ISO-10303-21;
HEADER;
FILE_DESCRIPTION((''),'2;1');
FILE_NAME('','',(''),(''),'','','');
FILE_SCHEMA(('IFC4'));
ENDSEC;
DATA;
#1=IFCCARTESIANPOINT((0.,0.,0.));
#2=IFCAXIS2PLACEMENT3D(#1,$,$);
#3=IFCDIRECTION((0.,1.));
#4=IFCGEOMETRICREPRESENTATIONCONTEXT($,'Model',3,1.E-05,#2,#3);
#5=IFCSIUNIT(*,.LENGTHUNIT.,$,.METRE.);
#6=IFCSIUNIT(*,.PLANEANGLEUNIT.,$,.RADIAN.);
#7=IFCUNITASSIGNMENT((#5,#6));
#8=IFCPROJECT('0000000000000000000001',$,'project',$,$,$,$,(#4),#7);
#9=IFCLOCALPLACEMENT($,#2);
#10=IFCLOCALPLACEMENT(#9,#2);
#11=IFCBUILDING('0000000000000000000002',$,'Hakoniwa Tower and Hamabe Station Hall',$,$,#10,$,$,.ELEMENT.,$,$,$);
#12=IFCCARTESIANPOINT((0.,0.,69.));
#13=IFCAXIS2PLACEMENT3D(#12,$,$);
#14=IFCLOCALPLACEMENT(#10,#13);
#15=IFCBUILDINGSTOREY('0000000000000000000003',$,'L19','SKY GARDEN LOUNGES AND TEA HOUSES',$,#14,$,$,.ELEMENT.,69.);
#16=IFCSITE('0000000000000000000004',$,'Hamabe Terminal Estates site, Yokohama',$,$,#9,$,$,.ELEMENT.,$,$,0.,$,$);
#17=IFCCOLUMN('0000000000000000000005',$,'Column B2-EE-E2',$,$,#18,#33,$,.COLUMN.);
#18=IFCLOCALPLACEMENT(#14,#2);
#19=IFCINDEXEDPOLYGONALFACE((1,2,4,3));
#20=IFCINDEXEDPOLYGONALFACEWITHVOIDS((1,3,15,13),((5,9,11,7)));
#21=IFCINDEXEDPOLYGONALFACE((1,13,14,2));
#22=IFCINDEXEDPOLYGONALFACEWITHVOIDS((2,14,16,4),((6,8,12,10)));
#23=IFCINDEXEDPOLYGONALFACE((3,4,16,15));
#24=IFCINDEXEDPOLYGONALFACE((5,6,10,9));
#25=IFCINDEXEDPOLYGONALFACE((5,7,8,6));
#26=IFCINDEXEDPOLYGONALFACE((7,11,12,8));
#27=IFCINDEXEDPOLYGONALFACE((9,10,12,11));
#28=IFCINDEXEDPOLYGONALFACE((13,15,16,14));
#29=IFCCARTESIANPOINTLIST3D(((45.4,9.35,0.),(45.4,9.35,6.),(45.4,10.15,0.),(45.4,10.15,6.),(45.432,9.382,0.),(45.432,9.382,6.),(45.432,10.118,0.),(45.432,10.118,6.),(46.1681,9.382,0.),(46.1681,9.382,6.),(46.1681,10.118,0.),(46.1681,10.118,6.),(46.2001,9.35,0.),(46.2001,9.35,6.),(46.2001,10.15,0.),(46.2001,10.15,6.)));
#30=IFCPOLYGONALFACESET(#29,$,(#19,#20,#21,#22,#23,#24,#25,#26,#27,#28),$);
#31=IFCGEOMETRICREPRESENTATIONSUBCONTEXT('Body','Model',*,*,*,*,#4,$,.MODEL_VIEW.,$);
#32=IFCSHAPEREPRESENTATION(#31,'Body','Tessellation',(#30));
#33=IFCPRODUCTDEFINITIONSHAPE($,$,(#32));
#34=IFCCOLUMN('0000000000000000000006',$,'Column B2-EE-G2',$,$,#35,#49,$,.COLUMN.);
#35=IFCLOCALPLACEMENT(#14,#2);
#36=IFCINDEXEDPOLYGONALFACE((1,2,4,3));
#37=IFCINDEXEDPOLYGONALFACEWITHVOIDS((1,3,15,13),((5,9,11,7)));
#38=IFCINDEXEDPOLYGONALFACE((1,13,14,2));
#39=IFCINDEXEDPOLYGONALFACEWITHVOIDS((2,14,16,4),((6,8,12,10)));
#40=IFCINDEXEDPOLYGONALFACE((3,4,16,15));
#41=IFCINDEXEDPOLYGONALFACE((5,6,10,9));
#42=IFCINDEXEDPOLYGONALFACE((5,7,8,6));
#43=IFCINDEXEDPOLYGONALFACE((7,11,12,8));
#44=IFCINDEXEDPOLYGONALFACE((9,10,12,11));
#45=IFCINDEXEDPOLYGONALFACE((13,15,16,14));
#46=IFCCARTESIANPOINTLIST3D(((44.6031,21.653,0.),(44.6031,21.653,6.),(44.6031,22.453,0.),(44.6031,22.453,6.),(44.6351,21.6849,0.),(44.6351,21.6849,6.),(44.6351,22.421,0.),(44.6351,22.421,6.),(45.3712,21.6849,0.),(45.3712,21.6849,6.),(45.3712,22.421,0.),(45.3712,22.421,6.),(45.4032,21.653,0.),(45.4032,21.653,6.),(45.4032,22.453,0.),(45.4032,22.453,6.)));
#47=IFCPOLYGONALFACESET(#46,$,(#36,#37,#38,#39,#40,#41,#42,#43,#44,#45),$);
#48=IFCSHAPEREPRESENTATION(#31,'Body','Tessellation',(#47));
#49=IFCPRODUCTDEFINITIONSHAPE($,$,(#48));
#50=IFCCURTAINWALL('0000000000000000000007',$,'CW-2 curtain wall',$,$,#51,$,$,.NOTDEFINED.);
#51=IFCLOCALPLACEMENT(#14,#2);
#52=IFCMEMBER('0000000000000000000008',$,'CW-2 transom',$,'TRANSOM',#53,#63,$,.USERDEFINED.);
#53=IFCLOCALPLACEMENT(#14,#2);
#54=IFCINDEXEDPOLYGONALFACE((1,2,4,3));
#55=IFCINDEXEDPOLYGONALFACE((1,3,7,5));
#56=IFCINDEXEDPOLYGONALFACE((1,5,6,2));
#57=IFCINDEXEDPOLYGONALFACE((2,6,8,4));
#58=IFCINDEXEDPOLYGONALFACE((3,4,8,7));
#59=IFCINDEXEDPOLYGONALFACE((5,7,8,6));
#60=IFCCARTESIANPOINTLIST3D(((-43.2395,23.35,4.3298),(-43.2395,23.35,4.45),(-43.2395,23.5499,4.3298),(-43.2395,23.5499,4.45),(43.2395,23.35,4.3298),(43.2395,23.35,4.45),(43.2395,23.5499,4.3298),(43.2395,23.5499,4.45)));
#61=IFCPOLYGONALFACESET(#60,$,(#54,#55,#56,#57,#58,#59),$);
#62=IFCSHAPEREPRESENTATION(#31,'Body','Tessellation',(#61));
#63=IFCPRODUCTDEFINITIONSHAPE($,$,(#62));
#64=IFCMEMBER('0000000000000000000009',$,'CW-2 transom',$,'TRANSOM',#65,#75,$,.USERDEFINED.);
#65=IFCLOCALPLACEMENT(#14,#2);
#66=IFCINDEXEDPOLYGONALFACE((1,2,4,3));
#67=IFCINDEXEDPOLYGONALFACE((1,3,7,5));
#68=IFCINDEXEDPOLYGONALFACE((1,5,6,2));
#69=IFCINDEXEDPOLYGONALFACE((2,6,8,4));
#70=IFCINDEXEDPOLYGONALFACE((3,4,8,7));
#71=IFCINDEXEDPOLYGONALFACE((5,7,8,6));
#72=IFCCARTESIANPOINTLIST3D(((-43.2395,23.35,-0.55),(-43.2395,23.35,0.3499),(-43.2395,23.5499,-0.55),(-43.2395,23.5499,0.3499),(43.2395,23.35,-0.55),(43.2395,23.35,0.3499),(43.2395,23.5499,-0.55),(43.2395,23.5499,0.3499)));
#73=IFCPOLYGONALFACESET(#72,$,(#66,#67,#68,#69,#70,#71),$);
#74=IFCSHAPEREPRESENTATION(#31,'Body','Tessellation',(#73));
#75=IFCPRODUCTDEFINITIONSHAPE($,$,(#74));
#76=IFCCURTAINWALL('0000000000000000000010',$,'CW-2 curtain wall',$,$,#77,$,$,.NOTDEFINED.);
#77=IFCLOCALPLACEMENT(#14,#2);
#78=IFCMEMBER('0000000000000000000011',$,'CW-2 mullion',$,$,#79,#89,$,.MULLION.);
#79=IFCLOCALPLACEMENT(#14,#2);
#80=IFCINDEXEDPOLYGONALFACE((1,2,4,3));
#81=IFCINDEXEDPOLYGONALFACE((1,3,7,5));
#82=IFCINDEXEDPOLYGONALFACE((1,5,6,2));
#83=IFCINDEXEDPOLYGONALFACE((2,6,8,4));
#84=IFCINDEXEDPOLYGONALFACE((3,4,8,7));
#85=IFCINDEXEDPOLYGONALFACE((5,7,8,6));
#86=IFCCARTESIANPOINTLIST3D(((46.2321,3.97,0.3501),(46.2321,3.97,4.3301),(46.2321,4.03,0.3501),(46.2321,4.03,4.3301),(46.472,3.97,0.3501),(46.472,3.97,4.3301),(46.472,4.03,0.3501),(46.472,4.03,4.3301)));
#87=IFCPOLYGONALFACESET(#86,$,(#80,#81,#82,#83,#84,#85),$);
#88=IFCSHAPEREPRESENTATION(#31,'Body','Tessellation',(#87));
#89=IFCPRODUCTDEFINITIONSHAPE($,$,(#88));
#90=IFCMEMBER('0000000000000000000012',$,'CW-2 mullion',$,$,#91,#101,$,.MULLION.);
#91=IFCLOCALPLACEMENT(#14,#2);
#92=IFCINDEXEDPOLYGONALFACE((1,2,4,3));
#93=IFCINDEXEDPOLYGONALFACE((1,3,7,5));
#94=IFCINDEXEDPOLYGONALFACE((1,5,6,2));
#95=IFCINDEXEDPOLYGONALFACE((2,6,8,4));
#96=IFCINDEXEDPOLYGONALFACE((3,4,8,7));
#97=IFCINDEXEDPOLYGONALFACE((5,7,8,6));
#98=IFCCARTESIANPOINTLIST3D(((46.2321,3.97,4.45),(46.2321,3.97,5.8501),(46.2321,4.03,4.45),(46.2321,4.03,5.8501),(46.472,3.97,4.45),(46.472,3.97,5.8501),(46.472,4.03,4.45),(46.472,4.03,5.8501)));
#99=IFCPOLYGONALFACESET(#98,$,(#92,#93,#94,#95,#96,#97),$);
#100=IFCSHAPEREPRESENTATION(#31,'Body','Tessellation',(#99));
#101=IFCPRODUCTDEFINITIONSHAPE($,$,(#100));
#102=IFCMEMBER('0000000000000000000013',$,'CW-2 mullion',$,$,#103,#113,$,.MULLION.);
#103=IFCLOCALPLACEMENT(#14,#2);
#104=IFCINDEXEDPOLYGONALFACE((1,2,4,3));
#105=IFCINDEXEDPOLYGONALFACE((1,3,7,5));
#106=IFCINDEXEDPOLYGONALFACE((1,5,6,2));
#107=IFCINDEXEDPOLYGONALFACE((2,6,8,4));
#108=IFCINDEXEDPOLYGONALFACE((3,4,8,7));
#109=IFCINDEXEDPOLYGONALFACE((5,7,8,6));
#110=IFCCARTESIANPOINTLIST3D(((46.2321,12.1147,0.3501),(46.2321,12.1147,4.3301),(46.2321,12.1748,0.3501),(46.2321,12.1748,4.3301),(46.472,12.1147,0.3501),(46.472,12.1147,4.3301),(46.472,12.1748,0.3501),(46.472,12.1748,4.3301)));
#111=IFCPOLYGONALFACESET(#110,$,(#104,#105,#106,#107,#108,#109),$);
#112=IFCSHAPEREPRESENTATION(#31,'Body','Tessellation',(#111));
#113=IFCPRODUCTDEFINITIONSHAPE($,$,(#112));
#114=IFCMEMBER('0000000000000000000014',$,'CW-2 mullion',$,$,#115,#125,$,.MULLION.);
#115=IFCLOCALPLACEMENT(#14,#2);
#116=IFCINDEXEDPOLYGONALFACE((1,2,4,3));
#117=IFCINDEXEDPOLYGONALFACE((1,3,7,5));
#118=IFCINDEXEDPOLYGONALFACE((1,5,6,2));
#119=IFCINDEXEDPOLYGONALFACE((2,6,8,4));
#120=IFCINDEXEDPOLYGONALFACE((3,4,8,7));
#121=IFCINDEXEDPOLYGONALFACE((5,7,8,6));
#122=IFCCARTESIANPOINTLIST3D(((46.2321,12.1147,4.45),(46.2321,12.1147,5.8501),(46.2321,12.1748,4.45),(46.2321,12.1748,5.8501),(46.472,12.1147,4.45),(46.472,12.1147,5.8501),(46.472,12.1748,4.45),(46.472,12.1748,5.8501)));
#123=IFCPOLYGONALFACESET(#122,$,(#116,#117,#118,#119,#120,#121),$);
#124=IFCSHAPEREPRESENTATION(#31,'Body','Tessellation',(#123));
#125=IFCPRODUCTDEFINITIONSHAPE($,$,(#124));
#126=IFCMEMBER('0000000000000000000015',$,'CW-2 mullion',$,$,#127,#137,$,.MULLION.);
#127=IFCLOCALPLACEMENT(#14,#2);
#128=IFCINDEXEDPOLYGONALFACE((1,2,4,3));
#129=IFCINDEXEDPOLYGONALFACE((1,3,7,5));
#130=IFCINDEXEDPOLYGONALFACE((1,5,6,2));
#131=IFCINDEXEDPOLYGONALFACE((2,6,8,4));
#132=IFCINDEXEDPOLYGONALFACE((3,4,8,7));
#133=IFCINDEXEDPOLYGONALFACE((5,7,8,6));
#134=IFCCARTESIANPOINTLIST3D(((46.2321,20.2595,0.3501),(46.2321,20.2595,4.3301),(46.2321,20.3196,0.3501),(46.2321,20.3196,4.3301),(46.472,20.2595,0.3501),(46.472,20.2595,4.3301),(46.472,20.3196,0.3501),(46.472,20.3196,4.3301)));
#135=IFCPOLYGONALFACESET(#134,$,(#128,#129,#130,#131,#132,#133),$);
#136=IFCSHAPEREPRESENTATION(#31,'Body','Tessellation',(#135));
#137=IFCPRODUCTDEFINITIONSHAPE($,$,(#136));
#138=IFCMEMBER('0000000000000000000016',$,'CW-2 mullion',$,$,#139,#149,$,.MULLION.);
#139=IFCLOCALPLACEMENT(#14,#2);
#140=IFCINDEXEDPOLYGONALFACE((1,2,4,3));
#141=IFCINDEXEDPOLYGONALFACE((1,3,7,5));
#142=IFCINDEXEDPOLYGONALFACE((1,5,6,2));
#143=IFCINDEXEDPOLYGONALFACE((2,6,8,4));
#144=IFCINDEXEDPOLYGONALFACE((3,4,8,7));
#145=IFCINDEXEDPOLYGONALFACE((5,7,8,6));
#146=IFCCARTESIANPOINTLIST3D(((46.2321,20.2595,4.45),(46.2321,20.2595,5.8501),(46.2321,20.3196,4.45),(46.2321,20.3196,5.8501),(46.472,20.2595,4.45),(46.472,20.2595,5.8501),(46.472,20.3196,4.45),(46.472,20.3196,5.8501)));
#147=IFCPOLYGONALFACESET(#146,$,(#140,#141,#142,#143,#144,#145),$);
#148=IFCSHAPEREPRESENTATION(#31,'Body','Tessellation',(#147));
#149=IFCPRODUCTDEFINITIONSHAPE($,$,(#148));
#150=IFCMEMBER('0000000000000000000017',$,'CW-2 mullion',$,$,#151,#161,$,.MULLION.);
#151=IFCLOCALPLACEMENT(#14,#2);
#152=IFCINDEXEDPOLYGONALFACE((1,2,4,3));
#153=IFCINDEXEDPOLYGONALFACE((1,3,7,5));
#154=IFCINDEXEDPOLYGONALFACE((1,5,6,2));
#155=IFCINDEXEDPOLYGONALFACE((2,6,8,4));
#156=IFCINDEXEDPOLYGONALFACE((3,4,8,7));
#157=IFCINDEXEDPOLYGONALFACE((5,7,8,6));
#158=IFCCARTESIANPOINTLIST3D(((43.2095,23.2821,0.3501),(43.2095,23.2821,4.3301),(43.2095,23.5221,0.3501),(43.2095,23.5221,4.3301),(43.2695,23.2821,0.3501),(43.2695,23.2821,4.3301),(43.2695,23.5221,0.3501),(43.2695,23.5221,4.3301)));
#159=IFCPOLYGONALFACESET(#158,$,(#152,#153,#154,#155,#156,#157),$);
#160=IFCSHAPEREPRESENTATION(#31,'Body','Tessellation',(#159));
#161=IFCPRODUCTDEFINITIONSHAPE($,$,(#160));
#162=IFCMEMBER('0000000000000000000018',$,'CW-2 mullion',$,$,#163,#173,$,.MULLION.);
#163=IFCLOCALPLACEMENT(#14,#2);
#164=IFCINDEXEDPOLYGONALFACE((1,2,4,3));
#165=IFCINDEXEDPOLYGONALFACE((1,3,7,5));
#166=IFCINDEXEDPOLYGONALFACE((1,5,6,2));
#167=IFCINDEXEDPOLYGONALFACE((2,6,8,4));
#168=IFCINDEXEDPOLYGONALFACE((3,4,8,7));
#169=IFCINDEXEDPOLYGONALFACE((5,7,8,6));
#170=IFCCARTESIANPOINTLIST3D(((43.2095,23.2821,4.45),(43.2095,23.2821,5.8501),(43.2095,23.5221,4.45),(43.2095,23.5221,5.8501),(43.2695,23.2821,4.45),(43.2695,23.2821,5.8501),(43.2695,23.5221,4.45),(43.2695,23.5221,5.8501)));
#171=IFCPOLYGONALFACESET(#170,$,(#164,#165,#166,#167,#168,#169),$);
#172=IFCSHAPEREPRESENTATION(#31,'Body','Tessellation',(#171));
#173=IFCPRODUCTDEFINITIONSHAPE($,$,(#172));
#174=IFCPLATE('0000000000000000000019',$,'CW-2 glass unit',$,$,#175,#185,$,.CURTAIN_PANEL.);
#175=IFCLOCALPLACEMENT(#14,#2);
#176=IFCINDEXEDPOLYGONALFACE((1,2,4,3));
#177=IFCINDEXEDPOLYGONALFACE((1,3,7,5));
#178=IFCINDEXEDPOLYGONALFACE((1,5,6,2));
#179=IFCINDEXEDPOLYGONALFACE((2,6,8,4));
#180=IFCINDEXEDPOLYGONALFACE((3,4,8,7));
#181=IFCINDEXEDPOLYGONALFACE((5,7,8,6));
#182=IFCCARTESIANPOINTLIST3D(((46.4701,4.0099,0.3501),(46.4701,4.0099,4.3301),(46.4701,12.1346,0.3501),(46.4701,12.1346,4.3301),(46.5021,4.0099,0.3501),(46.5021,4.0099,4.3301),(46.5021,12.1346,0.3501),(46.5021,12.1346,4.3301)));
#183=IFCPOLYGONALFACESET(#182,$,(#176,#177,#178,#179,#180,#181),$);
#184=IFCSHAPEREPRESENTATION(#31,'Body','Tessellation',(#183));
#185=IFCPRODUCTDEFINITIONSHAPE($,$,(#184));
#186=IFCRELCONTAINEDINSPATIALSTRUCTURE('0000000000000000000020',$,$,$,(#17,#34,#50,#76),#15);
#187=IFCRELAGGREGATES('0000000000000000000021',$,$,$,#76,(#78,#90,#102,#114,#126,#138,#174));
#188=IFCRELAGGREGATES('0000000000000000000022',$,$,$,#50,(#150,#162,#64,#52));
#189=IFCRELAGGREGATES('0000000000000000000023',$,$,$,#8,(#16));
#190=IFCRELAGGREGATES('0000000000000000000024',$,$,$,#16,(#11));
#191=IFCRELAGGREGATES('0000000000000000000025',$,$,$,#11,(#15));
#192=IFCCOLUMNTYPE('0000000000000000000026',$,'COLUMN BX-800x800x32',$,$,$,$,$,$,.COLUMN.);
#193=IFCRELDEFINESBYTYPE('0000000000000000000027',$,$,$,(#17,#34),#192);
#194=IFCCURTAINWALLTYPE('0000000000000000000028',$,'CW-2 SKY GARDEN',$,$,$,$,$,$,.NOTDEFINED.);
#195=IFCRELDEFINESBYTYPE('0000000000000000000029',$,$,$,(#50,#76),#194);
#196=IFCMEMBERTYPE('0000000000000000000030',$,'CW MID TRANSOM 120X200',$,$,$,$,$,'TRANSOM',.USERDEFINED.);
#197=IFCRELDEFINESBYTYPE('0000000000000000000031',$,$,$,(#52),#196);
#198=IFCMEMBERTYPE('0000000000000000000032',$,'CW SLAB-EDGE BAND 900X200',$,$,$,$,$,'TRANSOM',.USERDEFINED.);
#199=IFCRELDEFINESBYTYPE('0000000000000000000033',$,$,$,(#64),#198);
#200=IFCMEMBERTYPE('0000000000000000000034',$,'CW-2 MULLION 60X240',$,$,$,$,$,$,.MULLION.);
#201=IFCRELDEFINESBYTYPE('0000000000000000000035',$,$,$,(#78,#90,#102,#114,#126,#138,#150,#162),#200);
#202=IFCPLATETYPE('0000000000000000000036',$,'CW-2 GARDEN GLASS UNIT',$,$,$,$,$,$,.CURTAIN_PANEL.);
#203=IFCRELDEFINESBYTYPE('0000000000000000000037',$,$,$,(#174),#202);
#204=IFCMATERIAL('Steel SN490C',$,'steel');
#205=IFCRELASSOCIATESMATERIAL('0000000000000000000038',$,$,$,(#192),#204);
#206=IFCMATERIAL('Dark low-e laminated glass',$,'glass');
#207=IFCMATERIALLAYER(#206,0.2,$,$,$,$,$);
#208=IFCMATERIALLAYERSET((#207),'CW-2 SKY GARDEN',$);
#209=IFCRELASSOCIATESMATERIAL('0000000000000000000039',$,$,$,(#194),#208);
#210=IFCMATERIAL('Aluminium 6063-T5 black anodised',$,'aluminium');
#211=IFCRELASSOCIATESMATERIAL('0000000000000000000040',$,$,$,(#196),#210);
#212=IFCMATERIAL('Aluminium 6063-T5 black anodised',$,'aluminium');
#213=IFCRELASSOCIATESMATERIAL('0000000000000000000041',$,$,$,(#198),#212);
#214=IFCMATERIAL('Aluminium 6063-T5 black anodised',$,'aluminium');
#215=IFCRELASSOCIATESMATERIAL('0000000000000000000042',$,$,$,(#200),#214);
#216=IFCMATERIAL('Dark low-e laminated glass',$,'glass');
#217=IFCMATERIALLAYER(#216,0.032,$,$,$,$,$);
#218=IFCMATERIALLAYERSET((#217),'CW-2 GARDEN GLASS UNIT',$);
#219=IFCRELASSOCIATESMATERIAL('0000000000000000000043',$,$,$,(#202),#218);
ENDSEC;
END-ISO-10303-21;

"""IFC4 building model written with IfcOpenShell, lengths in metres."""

from ifc_helpers import new_model, si_unit, direction, frame, origin, origin_2d, place, context, subcontext, project, spatial, rectangle, hollow_rectangle, extrude, material, layer, layer_set, material_profile, profile_set, type_object, element, aggregate, save


model = new_model("IFC4")

# Units and contexts
model_context = context("Model", 3, precision=1e-05, world=origin(), true_north=direction((0.0, 1.0)))
body_context = subcontext(model_context, "Body", "Model", "MODEL_VIEW")
ifc_project = project(units=[si_unit("LENGTHUNIT", "METRE"), si_unit("PLANEANGLEUNIT", "RADIAN")], contexts=[model_context])

# Site, building, storey
site_placement = place(None, origin())
site = spatial("IfcSite", under=ifc_project, at=site_placement, Name="Hamabe Terminal Estates site, Yokohama", CompositionType="ELEMENT", RefElevation=0.0)
building_placement = place(site_placement, origin())
building = spatial("IfcBuilding", under=site, at=building_placement, Name="Hakoniwa Tower and Hamabe Station Hall", CompositionType="ELEMENT")
storey_placement = place(building_placement, frame((0.0, 0.0, 69.0)))
storey = spatial("IfcBuildingStorey", under=building, at=storey_placement, Name="L19", Description="SKY GARDEN LOUNGES AND TEA HOUSES", CompositionType="ELEMENT", Elevation=69.0)

# Columns
ifc_material_1 = material(Name="Steel SN490C", Category="steel")
ifc_material_profile_1 = material_profile(ifc_material_1, hollow_rectangle(XDim=0.8, YDim=0.8, WallThickness=0.032, at=origin_2d()), Name="BX-800x800x32")
ifc_profile_set_1 = profile_set([ifc_material_profile_1], Name="Steel SN490C")
column_type = type_object("IfcColumnType", Name="COLUMN BX-800x800x32", PredefinedType="COLUMN", material=ifc_profile_set_1)
for number, where, z_axis, x_axis, name in (
    (1, (45.8, 9.75, 0.0), (0.0, 0.0, 1.0), (1.0, 0.0, 0.0), "Column B2-EE-E2"),
    (2, (45.0032, 22.053, 0.0), (0.0, 0.0, 1.0), (1.0, 0.0, 0.0), "Column B2-EE-G2"),
):
    element("IfcColumn", number, at=place(storey_placement, frame(where, z_axis=z_axis, x_axis=x_axis)), inside=storey, type_object=column_type, Name=name, PredefinedType="COLUMN", context=body_context, shape_type="SweptSolid", body=[
        extrude(hollow_rectangle(XDim=0.8, YDim=0.8, WallThickness=0.032, at=origin_2d()), origin(), (0.0, 0.0, 1.0), 6.0),
    ])

# Curtain walls, members
ifc_material_2 = material(Name="Dark low-e laminated glass", Category="glass")
ifc_layer_1 = layer(ifc_material_2, 0.2)
ifc_layer_set_1 = layer_set([ifc_layer_1], Name="CW-2 SKY GARDEN")
curtain_wall_type = type_object("IfcCurtainWallType", Name="CW-2 SKY GARDEN", PredefinedType="NOTDEFINED", material=ifc_layer_set_1)
curtain_wall_1_placement = place(storey_placement, origin())
curtain_wall_1 = element("IfcCurtainWall", 3, at=curtain_wall_1_placement, inside=storey, type_object=curtain_wall_type, Name="CW-2 curtain wall", PredefinedType="NOTDEFINED")
ifc_material_3 = material(Name="Aluminium 6063-T5 black anodised", Category="aluminium")
ifc_material_profile_2 = material_profile(ifc_material_3, rectangle(XDim=0.2, YDim=0.1201, at=origin_2d()), Name="CW MID TRANSOM 120X200")
ifc_profile_set_2 = profile_set([ifc_material_profile_2], Name="Aluminium 6063-T5 black anodised")
member_type_1 = type_object("IfcMemberType", Name="CW MID TRANSOM 120X200", ElementType="TRANSOM", PredefinedType="USERDEFINED", material=ifc_profile_set_2)
member_1_placement = place(storey_placement, frame((43.2395, 23.45, 4.3899), z_axis=(-1.0, 0.0, 0.0), x_axis=(0.0, -1.0, 0.0)))
member_1 = element("IfcMember", 4, at=member_1_placement, type_object=member_type_1, Name="CW-2 transom", ObjectType="TRANSOM", PredefinedType="USERDEFINED", context=body_context, shape_type="SweptSolid", body=[
    extrude(rectangle(XDim=0.2, YDim=0.1201, at=origin_2d()), origin(), (0.0, 0.0, 1.0), 86.479),
])
ifc_material_4 = material(Name="Aluminium 6063-T5 black anodised", Category="aluminium")
ifc_material_profile_3 = material_profile(ifc_material_4, rectangle(XDim=0.2, YDim=0.8999, at=origin_2d()), Name="CW SLAB-EDGE BAND 900X200")
ifc_profile_set_3 = profile_set([ifc_material_profile_3], Name="Aluminium 6063-T5 black anodised")
member_type_2 = type_object("IfcMemberType", Name="CW SLAB-EDGE BAND 900X200", ElementType="TRANSOM", PredefinedType="USERDEFINED", material=ifc_profile_set_3)
member_2_placement = place(storey_placement, frame((43.2395, 23.45, -0.1001), z_axis=(-1.0, 0.0, 0.0), x_axis=(0.0, -1.0, 0.0)))
member_2 = element("IfcMember", 5, at=member_2_placement, type_object=member_type_2, Name="CW-2 transom", ObjectType="TRANSOM", PredefinedType="USERDEFINED", context=body_context, shape_type="SweptSolid", body=[
    extrude(rectangle(XDim=0.2, YDim=0.8999, at=origin_2d()), origin(), (0.0, 0.0, 1.0), 86.479),
])
curtain_wall_2_placement = place(storey_placement, origin())
curtain_wall_2 = element("IfcCurtainWall", 6, at=curtain_wall_2_placement, inside=storey, type_object=curtain_wall_type, Name="CW-2 curtain wall", PredefinedType="NOTDEFINED")
ifc_material_5 = material(Name="Aluminium 6063-T5 black anodised", Category="aluminium")
ifc_material_profile_4 = material_profile(ifc_material_5, rectangle(XDim=0.0601, YDim=0.24, at=origin_2d()), Name="CW-2 MULLION 60X240")
ifc_profile_set_4 = profile_set([ifc_material_profile_4], Name="Aluminium 6063-T5 black anodised")
member_type_3 = type_object("IfcMemberType", Name="CW-2 MULLION 60X240", PredefinedType="MULLION", material=ifc_profile_set_4)
member_3_placement = place(storey_placement, frame((46.3521, 4.0, 0.3501), z_axis=(0.0, 0.0, 1.0), x_axis=(0.0, 1.0, 0.0)))
member_3 = element("IfcMember", 7, at=member_3_placement, type_object=member_type_3, Name="CW-2 mullion", PredefinedType="MULLION", context=body_context, shape_type="SweptSolid", body=[
    extrude(rectangle(XDim=0.0601, YDim=0.24, at=origin_2d()), origin(), (0.0, 0.0, 1.0), 3.98),
])
member_4_placement = place(storey_placement, frame((46.3521, 4.0, 4.45), z_axis=(0.0, 0.0, 1.0), x_axis=(0.0, 1.0, 0.0)))
member_4 = element("IfcMember", 8, at=member_4_placement, type_object=member_type_3, Name="CW-2 mullion", PredefinedType="MULLION", context=body_context, shape_type="SweptSolid", body=[
    extrude(rectangle(XDim=0.0601, YDim=0.24, at=origin_2d()), origin(), (0.0, 0.0, 1.0), 1.4001),
])
member_5_placement = place(storey_placement, frame((46.3521, 12.1448, 0.3501), z_axis=(0.0, 0.0, 1.0), x_axis=(0.0, 1.0, 0.0)))
member_5 = element("IfcMember", 9, at=member_5_placement, type_object=member_type_3, Name="CW-2 mullion", PredefinedType="MULLION", context=body_context, shape_type="SweptSolid", body=[
    extrude(rectangle(XDim=0.0601, YDim=0.24, at=origin_2d()), origin(), (0.0, 0.0, 1.0), 3.98),
])
member_6_placement = place(storey_placement, frame((46.3521, 12.1448, 4.45), z_axis=(0.0, 0.0, 1.0), x_axis=(0.0, 1.0, 0.0)))
member_6 = element("IfcMember", 10, at=member_6_placement, type_object=member_type_3, Name="CW-2 mullion", PredefinedType="MULLION", context=body_context, shape_type="SweptSolid", body=[
    extrude(rectangle(XDim=0.0601, YDim=0.24, at=origin_2d()), origin(), (0.0, 0.0, 1.0), 1.4001),
])
member_7_placement = place(storey_placement, frame((46.3521, 20.2896, 0.3501), z_axis=(0.0, 0.0, 1.0), x_axis=(0.0, 1.0, 0.0)))
member_7 = element("IfcMember", 11, at=member_7_placement, type_object=member_type_3, Name="CW-2 mullion", PredefinedType="MULLION", context=body_context, shape_type="SweptSolid", body=[
    extrude(rectangle(XDim=0.0601, YDim=0.24, at=origin_2d()), origin(), (0.0, 0.0, 1.0), 3.98),
])
member_8_placement = place(storey_placement, frame((46.3521, 20.2896, 4.45), z_axis=(0.0, 0.0, 1.0), x_axis=(0.0, 1.0, 0.0)))
member_8 = element("IfcMember", 12, at=member_8_placement, type_object=member_type_3, Name="CW-2 mullion", PredefinedType="MULLION", context=body_context, shape_type="SweptSolid", body=[
    extrude(rectangle(XDim=0.0601, YDim=0.24, at=origin_2d()), origin(), (0.0, 0.0, 1.0), 1.4001),
])

# Members
member_9_placement = place(storey_placement, frame((43.2395, 23.4021, 0.3501), z_axis=(0.0, 0.0, 1.0), x_axis=(-1.0, 0.0, 0.0)))
member_9 = element("IfcMember", 13, at=member_9_placement, type_object=member_type_3, Name="CW-2 mullion", PredefinedType="MULLION", context=body_context, shape_type="SweptSolid", body=[
    extrude(rectangle(XDim=0.0601, YDim=0.24, at=origin_2d()), origin(), (0.0, 0.0, 1.0), 3.98),
])
member_10_placement = place(storey_placement, frame((43.2395, 23.4021, 4.45), z_axis=(0.0, 0.0, 1.0), x_axis=(-1.0, 0.0, 0.0)))
member_10 = element("IfcMember", 14, at=member_10_placement, type_object=member_type_3, Name="CW-2 mullion", PredefinedType="MULLION", context=body_context, shape_type="SweptSolid", body=[
    extrude(rectangle(XDim=0.0601, YDim=0.24, at=origin_2d()), origin(), (0.0, 0.0, 1.0), 1.4001),
])

# Plate
ifc_material_6 = material(Name="Dark low-e laminated glass", Category="glass")
ifc_layer_2 = layer(ifc_material_6, 0.032)
ifc_layer_set_2 = layer_set([ifc_layer_2], Name="CW-2 GARDEN GLASS UNIT")
plate_type = type_object("IfcPlateType", Name="CW-2 GARDEN GLASS UNIT", PredefinedType="CURTAIN_PANEL", material=ifc_layer_set_2)
plate_1_placement = place(storey_placement, frame((46.4861, 8.0723, 0.3501), z_axis=(0.0, 0.0, 1.0), x_axis=(0.0, 1.0, 0.0)))
plate_1 = element("IfcPlate", 15, at=plate_1_placement, type_object=plate_type, Name="CW-2 glass unit", PredefinedType="CURTAIN_PANEL", context=body_context, shape_type="SweptSolid", body=[
    extrude(rectangle(XDim=8.1248, YDim=0.032, at=origin_2d()), origin(), (0.0, 0.0, 1.0), 3.98),
])

aggregate(curtain_wall_2, [member_3, member_4, member_5, member_6, member_7, member_8, plate_1])

aggregate(curtain_wall_1, [member_9, member_10, member_2, member_1])

save(model, "model.ifc")
